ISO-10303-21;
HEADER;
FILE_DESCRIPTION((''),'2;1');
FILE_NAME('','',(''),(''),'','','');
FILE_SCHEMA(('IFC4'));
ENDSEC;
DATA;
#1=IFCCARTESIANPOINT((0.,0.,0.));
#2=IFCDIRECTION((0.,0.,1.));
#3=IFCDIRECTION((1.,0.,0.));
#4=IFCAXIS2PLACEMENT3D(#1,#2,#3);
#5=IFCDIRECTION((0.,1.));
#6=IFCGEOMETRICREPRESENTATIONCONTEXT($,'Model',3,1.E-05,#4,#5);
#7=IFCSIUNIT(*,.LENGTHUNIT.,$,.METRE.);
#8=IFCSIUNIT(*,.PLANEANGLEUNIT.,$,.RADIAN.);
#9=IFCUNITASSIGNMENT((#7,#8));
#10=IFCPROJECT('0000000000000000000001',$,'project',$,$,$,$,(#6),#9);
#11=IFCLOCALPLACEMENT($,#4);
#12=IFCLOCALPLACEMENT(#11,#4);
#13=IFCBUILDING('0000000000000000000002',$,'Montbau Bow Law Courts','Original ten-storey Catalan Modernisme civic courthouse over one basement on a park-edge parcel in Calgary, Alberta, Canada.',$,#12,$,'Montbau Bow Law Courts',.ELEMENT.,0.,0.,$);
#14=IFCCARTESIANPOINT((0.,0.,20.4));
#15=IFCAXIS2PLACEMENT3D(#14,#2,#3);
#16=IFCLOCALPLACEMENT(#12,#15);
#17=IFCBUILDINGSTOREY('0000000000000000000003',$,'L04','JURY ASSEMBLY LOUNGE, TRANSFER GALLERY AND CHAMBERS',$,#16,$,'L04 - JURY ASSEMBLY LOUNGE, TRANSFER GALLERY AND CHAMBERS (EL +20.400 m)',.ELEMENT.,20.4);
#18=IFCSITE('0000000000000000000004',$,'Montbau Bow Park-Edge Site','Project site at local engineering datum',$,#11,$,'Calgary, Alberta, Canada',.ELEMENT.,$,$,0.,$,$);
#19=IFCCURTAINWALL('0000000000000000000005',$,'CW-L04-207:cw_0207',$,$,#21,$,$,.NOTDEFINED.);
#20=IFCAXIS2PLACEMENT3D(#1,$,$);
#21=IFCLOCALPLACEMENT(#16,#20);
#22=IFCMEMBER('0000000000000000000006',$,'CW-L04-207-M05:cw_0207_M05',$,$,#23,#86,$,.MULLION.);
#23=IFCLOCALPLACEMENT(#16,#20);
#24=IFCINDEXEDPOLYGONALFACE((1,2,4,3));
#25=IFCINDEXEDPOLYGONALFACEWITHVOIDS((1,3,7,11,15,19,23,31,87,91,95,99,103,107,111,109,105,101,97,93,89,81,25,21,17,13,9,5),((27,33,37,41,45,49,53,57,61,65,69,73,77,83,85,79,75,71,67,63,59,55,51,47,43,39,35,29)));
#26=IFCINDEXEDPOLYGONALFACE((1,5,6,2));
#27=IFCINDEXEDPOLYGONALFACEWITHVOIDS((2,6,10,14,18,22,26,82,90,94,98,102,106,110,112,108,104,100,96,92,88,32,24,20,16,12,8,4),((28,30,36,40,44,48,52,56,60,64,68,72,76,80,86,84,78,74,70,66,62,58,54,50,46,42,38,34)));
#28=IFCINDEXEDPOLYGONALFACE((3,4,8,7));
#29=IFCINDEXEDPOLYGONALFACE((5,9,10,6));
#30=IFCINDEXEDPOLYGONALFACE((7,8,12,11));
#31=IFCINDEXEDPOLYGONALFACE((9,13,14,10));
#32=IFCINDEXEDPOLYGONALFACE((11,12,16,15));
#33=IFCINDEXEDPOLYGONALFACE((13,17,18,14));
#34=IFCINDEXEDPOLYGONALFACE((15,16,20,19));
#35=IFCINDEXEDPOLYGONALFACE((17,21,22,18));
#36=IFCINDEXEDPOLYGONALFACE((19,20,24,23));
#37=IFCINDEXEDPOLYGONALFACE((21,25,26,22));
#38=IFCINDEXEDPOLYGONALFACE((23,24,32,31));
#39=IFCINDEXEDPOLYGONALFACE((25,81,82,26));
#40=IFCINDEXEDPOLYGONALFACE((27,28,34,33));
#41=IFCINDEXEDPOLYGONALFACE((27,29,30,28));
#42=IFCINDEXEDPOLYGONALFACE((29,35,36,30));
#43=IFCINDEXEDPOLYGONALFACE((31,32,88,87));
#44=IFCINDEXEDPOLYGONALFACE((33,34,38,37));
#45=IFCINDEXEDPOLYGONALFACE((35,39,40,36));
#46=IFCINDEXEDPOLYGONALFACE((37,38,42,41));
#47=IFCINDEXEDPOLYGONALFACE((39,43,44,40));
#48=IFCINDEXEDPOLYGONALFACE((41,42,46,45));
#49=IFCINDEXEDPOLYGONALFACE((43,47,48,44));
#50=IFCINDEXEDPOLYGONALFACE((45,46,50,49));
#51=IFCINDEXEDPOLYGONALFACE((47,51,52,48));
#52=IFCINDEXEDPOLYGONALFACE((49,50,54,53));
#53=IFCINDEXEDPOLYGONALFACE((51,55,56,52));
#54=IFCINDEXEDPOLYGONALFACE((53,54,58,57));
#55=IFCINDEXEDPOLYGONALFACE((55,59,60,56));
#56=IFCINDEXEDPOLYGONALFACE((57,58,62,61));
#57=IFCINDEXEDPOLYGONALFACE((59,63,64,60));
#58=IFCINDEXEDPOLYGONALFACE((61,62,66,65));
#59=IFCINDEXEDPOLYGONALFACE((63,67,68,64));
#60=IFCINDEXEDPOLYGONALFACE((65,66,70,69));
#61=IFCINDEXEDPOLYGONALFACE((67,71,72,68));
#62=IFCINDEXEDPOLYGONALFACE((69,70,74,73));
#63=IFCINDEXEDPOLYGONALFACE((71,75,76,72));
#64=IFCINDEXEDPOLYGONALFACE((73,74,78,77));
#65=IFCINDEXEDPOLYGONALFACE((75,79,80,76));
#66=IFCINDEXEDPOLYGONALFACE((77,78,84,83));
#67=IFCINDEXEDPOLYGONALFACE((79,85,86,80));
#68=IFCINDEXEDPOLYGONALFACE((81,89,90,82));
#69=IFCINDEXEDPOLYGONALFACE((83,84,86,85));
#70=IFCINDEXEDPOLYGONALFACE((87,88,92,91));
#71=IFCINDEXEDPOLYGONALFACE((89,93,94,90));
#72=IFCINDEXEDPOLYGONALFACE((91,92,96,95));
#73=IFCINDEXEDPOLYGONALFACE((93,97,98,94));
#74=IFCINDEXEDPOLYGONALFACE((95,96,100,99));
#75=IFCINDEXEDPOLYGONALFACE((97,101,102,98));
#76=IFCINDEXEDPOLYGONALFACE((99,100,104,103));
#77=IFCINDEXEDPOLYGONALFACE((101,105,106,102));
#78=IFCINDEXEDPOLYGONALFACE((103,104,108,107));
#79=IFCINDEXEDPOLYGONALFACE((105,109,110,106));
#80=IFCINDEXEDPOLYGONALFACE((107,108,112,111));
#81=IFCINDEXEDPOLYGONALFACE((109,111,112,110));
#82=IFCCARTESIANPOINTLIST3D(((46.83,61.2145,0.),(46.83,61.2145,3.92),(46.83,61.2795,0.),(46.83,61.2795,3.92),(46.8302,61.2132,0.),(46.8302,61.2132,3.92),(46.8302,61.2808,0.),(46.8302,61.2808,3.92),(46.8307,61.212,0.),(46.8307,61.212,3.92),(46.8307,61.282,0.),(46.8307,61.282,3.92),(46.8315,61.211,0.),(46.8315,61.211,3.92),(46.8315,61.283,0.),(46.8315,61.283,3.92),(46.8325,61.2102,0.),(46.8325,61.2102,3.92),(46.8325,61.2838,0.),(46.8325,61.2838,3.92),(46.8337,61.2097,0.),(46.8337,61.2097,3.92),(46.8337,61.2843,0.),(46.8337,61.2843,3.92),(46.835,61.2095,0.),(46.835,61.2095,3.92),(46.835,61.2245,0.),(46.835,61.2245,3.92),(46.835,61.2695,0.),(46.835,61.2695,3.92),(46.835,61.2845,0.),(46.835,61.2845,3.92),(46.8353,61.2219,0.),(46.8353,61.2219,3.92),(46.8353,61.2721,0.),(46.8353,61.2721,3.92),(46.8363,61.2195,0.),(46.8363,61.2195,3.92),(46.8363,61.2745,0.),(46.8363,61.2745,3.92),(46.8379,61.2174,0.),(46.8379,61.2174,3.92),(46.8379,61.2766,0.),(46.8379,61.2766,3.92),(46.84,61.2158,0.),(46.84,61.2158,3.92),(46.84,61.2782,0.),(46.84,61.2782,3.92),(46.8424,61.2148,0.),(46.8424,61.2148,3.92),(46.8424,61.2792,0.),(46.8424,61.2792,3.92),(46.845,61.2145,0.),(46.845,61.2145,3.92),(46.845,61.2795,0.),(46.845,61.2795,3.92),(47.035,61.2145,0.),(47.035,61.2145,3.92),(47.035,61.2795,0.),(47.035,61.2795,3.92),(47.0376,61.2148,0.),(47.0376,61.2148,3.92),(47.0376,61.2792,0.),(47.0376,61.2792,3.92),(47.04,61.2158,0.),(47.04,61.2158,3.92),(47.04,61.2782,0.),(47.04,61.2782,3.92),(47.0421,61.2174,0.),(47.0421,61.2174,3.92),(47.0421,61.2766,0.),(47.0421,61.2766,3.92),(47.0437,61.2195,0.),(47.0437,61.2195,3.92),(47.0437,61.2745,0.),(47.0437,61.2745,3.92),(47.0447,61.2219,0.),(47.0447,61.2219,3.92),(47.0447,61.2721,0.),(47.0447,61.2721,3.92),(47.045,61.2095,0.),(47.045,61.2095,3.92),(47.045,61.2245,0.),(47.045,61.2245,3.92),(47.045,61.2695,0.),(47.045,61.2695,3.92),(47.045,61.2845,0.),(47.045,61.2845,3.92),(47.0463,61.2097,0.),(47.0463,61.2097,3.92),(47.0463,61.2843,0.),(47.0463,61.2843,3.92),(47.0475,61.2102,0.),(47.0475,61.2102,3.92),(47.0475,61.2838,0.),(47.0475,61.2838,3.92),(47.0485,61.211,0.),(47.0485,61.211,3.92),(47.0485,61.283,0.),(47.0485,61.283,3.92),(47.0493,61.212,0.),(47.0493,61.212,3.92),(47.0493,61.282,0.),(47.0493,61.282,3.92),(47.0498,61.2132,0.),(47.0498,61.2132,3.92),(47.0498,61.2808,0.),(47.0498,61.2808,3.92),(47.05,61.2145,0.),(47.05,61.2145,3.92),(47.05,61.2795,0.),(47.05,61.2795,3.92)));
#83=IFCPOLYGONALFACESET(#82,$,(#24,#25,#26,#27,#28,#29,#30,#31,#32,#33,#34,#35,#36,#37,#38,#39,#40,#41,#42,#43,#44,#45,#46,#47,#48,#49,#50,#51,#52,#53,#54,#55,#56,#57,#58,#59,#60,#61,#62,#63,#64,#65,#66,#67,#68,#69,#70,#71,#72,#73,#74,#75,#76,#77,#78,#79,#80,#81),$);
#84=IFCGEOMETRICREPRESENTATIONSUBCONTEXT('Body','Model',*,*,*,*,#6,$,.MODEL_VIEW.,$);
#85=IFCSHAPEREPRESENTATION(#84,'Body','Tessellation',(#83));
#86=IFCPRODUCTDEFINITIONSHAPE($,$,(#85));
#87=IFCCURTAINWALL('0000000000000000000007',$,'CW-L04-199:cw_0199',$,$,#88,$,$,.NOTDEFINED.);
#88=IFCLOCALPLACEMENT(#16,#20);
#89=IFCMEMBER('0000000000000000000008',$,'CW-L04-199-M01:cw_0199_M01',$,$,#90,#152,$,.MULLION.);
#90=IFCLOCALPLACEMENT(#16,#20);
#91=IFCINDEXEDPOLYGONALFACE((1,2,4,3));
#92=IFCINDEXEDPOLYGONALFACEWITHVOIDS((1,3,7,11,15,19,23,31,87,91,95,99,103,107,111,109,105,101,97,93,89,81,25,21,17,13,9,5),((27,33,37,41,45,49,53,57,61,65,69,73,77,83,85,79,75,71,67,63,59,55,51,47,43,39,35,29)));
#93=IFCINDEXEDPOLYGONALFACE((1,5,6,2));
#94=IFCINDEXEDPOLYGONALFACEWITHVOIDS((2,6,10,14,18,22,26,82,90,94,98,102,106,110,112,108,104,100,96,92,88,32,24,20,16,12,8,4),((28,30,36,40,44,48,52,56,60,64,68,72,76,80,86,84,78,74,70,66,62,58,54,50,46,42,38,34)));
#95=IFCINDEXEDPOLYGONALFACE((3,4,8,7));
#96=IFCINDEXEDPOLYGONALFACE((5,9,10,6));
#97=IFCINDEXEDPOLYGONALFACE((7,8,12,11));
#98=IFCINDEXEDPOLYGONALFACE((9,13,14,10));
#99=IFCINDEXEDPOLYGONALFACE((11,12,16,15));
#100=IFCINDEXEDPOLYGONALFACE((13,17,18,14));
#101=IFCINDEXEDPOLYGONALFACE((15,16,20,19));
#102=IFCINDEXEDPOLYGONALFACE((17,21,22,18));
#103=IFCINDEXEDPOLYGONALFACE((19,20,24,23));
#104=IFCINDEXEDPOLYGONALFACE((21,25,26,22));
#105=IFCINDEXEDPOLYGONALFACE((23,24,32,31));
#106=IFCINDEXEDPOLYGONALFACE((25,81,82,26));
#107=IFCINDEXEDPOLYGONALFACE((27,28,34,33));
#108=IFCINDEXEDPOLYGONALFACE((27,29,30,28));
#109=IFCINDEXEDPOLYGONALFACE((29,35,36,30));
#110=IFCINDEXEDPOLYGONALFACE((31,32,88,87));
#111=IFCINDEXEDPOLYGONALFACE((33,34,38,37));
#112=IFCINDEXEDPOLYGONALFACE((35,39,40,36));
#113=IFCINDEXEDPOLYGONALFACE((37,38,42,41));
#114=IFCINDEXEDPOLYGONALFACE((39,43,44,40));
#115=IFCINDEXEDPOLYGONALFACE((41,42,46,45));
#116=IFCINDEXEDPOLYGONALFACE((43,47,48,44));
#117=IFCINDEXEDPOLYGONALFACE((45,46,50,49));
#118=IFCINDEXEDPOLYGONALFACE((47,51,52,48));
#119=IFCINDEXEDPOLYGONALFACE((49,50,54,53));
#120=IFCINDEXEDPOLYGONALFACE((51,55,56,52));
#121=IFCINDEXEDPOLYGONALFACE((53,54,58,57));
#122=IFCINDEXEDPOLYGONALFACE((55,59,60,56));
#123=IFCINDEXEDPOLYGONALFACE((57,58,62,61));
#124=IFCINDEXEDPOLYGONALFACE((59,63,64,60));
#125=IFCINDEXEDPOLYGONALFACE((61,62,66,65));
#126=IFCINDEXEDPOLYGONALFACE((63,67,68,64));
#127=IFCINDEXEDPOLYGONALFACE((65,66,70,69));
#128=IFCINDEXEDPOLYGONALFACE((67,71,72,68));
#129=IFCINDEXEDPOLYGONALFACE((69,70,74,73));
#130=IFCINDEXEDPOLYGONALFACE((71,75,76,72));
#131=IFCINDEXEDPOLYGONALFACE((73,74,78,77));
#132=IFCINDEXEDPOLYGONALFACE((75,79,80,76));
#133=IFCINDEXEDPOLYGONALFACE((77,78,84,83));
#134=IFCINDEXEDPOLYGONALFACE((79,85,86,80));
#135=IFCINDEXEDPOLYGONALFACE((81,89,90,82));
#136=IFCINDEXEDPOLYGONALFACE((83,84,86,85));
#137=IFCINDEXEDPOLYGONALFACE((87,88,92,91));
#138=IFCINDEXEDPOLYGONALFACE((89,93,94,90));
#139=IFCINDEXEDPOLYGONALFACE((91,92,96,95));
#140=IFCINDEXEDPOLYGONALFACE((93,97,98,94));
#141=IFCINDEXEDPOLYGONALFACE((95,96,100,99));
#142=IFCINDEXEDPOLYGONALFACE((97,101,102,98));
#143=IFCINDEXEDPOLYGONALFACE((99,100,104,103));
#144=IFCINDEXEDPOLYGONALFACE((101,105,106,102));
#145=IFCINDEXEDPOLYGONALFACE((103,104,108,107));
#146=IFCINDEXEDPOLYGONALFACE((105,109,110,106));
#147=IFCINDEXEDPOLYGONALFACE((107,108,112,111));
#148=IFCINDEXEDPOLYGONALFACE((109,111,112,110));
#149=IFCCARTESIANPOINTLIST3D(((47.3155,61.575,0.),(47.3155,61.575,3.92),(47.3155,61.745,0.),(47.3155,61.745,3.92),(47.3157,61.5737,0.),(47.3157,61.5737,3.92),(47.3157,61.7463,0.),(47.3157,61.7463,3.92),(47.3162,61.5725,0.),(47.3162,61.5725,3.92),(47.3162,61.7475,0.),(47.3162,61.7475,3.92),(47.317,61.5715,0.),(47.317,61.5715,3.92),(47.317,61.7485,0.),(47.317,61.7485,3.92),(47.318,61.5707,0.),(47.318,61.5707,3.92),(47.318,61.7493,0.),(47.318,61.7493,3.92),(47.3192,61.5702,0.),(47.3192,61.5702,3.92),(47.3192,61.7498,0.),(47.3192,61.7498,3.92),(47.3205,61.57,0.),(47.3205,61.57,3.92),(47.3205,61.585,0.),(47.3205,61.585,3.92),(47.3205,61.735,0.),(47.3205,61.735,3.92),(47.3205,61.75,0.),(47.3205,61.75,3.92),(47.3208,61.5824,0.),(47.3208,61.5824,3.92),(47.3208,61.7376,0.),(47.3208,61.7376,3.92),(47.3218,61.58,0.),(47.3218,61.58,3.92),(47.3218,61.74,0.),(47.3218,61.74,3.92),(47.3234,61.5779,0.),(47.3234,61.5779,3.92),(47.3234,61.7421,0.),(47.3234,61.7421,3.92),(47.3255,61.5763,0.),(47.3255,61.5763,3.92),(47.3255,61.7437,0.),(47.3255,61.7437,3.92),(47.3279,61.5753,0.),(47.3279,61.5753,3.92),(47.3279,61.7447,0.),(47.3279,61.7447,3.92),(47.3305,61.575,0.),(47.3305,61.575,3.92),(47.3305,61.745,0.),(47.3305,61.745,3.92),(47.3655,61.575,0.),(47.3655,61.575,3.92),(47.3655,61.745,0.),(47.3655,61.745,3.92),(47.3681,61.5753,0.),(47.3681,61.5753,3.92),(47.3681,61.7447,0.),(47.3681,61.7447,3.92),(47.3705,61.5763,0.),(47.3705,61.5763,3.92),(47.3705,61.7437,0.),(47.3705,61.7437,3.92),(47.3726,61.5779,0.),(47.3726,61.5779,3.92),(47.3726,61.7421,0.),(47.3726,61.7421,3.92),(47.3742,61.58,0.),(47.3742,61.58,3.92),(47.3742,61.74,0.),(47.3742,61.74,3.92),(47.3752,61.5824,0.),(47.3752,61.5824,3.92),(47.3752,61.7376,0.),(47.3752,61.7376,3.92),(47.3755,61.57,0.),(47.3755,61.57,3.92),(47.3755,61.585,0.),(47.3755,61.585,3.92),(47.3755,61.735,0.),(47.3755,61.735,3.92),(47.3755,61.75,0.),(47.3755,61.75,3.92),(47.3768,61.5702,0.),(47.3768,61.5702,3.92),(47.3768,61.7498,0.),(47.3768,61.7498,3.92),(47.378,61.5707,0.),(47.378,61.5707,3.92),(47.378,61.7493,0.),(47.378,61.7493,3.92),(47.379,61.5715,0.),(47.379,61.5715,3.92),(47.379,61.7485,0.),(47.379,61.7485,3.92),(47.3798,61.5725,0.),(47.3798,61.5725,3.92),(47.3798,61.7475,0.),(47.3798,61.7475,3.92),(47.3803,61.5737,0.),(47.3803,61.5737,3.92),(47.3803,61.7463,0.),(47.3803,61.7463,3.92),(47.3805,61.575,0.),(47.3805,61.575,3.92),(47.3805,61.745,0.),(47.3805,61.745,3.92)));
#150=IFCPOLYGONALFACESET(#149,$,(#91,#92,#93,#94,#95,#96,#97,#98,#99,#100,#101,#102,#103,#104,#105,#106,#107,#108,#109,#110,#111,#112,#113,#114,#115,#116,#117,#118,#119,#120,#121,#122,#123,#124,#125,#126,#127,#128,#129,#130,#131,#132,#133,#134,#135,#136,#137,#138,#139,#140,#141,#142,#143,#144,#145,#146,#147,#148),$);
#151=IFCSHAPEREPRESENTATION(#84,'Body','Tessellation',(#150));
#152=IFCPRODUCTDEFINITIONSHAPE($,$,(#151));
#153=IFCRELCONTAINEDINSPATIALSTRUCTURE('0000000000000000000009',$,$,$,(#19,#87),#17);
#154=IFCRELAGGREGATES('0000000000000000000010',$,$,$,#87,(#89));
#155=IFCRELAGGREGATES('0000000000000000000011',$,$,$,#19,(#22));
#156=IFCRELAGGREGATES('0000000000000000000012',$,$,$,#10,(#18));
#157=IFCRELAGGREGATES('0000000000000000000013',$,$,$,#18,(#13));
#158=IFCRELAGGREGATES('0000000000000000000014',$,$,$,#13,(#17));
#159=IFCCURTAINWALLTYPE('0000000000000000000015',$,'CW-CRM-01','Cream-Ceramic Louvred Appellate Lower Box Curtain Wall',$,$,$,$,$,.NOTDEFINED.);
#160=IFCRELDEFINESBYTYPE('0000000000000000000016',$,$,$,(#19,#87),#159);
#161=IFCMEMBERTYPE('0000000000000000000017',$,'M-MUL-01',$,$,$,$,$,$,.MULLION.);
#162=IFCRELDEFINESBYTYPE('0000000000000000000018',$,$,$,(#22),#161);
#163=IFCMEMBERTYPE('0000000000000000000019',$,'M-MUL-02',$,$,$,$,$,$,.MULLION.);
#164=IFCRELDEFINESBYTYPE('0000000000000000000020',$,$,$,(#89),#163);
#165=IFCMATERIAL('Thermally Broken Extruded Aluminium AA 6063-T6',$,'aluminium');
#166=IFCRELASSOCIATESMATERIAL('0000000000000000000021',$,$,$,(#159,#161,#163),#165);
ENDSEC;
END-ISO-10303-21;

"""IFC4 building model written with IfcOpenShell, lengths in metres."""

from ifc_helpers import new_model, si_unit, direction, frame, origin_with_axes, origin_2d_with_axis, place, context, subcontext, project, spatial, hollow_rectangle, extrude, material, material_profile, profile_set, type_object, element, aggregate, save


model = new_model("IFC4")

# Units and contexts
model_context = context("Model", 3, precision=1e-05, world=origin_with_axes(), true_north=direction((0.0, 1.0)))
body_context = subcontext(model_context, "Body", "Model", "MODEL_VIEW")
ifc_project = project(units=[si_unit("LENGTHUNIT", "METRE"), si_unit("PLANEANGLEUNIT", "RADIAN")], contexts=[model_context])

# Site, building, storey
site_placement = place(None, origin_with_axes())
site = spatial("IfcSite", under=ifc_project, at=site_placement, Name="Montbau Bow Park-Edge Site", Description="Project site at local engineering datum", LongName="Calgary, Alberta, Canada", CompositionType="ELEMENT", RefElevation=0.0)
building_placement = place(site_placement, origin_with_axes())
building = spatial("IfcBuilding", under=site, at=building_placement, Name="Montbau Bow Law Courts", Description="Original ten-storey Catalan Modernisme civic courthouse over one basement on a park-edge parcel in Calgary, Alberta, Canada.", LongName="Montbau Bow Law Courts", CompositionType="ELEMENT", ElevationOfRefHeight=0.0, ElevationOfTerrain=0.0)
storey_placement = place(building_placement, frame((0.0, 0.0, 20.4), z_axis=(0.0, 0.0, 1.0), x_axis=(1.0, 0.0, 0.0)))
storey = spatial("IfcBuildingStorey", under=building, at=storey_placement, Name="L04", Description="JURY ASSEMBLY LOUNGE, TRANSFER GALLERY AND CHAMBERS", LongName="L04 - JURY ASSEMBLY LOUNGE, TRANSFER GALLERY AND CHAMBERS (EL +20.400 m)", CompositionType="ELEMENT", Elevation=20.4)

# Curtain walls, members
ifc_material_1 = material(Name="Thermally Broken Extruded Aluminium AA 6063-T6", Category="aluminium")
curtain_wall_type = type_object("IfcCurtainWallType", Name="CW-CRM-01", Description="Cream-Ceramic Louvred Appellate Lower Box Curtain Wall", PredefinedType="NOTDEFINED", material=ifc_material_1)
curtain_wall_1_placement = place(None, frame((46.94, 55.115, 20.4), z_axis=(0.0, 0.0, 1.0), x_axis=(1.0, 0.0, 0.0)))
curtain_wall_1 = element("IfcCurtainWall", 1, at=curtain_wall_1_placement, inside=storey, type_object=curtain_wall_type, Name="CW-L04-207:cw_0207", PredefinedType="NOTDEFINED")
ifc_material_profile_1 = material_profile(ifc_material_1, hollow_rectangle(XDim=0.075, YDim=0.22, WallThickness=0.005, InnerFilletRadius=0.01, OuterFilletRadius=0.005, at=origin_2d_with_axis()), Name="CWM-220X75", Category="Main", Priority=0)
ifc_profile_set_1 = profile_set([ifc_material_profile_1], Name="Thermally Broken Extruded Aluminium AA 6063-T6")
member_type_1 = type_object("IfcMemberType", Name="M-MUL-01", PredefinedType="MULLION", material=ifc_profile_set_1)
member_1_placement = place(None, frame((46.94, 61.247, 20.4), z_axis=(0.0, 0.0, 1.0), x_axis=(0.0, 1.0, 0.0)))
member_1 = element("IfcMember", 2, at=member_1_placement, type_object=member_type_1, Name="CW-L04-207-M05:cw_0207_M05", PredefinedType="MULLION", context=body_context, shape_type="SweptSolid", body=[
    extrude(hollow_rectangle(XDim=0.075, YDim=0.22, WallThickness=0.005, InnerFilletRadius=0.01, OuterFilletRadius=0.005, at=origin_2d_with_axis()), origin_with_axes(), (0.0, 0.0, 1.0), 3.92),
])
curtain_wall_2_placement = place(None, frame((47.315, 61.66, 20.4), z_axis=(0.0, 0.0, 1.0), x_axis=(1.0, 0.0, 0.0)))
curtain_wall_2 = element("IfcCurtainWall", 3, at=curtain_wall_2_placement, inside=storey, type_object=curtain_wall_type, Name="CW-L04-199:cw_0199", PredefinedType="NOTDEFINED")
ifc_material_profile_2 = material_profile(ifc_material_1, hollow_rectangle(XDim=0.065, YDim=0.18, WallThickness=0.005, InnerFilletRadius=0.01, OuterFilletRadius=0.005, at=origin_2d_with_axis()), Name="CWM-180X65", Category="Main", Priority=0)
ifc_profile_set_2 = profile_set([ifc_material_profile_2], Name="Thermally Broken Extruded Aluminium AA 6063-T6")
member_type_2 = type_object("IfcMemberType", Name="M-MUL-02", PredefinedType="MULLION", material=ifc_profile_set_2)
member_2_placement = place(None, frame((47.348, 61.66, 20.4), z_axis=(0.0, 0.0, 1.0), x_axis=(1.0, 0.0, 0.0)))
member_2 = element("IfcMember", 4, at=member_2_placement, type_object=member_type_2, Name="CW-L04-199-M01:cw_0199_M01", PredefinedType="MULLION", context=body_context, shape_type="SweptSolid", body=[
    extrude(hollow_rectangle(XDim=0.065, YDim=0.18, WallThickness=0.005, InnerFilletRadius=0.01, OuterFilletRadius=0.005, at=origin_2d_with_axis()), origin_with_axes(), (0.0, 0.0, 1.0), 3.92),
])

aggregate(curtain_wall_2, [member_2])
aggregate(curtain_wall_1, [member_1])

save(model, "model.ifc")
